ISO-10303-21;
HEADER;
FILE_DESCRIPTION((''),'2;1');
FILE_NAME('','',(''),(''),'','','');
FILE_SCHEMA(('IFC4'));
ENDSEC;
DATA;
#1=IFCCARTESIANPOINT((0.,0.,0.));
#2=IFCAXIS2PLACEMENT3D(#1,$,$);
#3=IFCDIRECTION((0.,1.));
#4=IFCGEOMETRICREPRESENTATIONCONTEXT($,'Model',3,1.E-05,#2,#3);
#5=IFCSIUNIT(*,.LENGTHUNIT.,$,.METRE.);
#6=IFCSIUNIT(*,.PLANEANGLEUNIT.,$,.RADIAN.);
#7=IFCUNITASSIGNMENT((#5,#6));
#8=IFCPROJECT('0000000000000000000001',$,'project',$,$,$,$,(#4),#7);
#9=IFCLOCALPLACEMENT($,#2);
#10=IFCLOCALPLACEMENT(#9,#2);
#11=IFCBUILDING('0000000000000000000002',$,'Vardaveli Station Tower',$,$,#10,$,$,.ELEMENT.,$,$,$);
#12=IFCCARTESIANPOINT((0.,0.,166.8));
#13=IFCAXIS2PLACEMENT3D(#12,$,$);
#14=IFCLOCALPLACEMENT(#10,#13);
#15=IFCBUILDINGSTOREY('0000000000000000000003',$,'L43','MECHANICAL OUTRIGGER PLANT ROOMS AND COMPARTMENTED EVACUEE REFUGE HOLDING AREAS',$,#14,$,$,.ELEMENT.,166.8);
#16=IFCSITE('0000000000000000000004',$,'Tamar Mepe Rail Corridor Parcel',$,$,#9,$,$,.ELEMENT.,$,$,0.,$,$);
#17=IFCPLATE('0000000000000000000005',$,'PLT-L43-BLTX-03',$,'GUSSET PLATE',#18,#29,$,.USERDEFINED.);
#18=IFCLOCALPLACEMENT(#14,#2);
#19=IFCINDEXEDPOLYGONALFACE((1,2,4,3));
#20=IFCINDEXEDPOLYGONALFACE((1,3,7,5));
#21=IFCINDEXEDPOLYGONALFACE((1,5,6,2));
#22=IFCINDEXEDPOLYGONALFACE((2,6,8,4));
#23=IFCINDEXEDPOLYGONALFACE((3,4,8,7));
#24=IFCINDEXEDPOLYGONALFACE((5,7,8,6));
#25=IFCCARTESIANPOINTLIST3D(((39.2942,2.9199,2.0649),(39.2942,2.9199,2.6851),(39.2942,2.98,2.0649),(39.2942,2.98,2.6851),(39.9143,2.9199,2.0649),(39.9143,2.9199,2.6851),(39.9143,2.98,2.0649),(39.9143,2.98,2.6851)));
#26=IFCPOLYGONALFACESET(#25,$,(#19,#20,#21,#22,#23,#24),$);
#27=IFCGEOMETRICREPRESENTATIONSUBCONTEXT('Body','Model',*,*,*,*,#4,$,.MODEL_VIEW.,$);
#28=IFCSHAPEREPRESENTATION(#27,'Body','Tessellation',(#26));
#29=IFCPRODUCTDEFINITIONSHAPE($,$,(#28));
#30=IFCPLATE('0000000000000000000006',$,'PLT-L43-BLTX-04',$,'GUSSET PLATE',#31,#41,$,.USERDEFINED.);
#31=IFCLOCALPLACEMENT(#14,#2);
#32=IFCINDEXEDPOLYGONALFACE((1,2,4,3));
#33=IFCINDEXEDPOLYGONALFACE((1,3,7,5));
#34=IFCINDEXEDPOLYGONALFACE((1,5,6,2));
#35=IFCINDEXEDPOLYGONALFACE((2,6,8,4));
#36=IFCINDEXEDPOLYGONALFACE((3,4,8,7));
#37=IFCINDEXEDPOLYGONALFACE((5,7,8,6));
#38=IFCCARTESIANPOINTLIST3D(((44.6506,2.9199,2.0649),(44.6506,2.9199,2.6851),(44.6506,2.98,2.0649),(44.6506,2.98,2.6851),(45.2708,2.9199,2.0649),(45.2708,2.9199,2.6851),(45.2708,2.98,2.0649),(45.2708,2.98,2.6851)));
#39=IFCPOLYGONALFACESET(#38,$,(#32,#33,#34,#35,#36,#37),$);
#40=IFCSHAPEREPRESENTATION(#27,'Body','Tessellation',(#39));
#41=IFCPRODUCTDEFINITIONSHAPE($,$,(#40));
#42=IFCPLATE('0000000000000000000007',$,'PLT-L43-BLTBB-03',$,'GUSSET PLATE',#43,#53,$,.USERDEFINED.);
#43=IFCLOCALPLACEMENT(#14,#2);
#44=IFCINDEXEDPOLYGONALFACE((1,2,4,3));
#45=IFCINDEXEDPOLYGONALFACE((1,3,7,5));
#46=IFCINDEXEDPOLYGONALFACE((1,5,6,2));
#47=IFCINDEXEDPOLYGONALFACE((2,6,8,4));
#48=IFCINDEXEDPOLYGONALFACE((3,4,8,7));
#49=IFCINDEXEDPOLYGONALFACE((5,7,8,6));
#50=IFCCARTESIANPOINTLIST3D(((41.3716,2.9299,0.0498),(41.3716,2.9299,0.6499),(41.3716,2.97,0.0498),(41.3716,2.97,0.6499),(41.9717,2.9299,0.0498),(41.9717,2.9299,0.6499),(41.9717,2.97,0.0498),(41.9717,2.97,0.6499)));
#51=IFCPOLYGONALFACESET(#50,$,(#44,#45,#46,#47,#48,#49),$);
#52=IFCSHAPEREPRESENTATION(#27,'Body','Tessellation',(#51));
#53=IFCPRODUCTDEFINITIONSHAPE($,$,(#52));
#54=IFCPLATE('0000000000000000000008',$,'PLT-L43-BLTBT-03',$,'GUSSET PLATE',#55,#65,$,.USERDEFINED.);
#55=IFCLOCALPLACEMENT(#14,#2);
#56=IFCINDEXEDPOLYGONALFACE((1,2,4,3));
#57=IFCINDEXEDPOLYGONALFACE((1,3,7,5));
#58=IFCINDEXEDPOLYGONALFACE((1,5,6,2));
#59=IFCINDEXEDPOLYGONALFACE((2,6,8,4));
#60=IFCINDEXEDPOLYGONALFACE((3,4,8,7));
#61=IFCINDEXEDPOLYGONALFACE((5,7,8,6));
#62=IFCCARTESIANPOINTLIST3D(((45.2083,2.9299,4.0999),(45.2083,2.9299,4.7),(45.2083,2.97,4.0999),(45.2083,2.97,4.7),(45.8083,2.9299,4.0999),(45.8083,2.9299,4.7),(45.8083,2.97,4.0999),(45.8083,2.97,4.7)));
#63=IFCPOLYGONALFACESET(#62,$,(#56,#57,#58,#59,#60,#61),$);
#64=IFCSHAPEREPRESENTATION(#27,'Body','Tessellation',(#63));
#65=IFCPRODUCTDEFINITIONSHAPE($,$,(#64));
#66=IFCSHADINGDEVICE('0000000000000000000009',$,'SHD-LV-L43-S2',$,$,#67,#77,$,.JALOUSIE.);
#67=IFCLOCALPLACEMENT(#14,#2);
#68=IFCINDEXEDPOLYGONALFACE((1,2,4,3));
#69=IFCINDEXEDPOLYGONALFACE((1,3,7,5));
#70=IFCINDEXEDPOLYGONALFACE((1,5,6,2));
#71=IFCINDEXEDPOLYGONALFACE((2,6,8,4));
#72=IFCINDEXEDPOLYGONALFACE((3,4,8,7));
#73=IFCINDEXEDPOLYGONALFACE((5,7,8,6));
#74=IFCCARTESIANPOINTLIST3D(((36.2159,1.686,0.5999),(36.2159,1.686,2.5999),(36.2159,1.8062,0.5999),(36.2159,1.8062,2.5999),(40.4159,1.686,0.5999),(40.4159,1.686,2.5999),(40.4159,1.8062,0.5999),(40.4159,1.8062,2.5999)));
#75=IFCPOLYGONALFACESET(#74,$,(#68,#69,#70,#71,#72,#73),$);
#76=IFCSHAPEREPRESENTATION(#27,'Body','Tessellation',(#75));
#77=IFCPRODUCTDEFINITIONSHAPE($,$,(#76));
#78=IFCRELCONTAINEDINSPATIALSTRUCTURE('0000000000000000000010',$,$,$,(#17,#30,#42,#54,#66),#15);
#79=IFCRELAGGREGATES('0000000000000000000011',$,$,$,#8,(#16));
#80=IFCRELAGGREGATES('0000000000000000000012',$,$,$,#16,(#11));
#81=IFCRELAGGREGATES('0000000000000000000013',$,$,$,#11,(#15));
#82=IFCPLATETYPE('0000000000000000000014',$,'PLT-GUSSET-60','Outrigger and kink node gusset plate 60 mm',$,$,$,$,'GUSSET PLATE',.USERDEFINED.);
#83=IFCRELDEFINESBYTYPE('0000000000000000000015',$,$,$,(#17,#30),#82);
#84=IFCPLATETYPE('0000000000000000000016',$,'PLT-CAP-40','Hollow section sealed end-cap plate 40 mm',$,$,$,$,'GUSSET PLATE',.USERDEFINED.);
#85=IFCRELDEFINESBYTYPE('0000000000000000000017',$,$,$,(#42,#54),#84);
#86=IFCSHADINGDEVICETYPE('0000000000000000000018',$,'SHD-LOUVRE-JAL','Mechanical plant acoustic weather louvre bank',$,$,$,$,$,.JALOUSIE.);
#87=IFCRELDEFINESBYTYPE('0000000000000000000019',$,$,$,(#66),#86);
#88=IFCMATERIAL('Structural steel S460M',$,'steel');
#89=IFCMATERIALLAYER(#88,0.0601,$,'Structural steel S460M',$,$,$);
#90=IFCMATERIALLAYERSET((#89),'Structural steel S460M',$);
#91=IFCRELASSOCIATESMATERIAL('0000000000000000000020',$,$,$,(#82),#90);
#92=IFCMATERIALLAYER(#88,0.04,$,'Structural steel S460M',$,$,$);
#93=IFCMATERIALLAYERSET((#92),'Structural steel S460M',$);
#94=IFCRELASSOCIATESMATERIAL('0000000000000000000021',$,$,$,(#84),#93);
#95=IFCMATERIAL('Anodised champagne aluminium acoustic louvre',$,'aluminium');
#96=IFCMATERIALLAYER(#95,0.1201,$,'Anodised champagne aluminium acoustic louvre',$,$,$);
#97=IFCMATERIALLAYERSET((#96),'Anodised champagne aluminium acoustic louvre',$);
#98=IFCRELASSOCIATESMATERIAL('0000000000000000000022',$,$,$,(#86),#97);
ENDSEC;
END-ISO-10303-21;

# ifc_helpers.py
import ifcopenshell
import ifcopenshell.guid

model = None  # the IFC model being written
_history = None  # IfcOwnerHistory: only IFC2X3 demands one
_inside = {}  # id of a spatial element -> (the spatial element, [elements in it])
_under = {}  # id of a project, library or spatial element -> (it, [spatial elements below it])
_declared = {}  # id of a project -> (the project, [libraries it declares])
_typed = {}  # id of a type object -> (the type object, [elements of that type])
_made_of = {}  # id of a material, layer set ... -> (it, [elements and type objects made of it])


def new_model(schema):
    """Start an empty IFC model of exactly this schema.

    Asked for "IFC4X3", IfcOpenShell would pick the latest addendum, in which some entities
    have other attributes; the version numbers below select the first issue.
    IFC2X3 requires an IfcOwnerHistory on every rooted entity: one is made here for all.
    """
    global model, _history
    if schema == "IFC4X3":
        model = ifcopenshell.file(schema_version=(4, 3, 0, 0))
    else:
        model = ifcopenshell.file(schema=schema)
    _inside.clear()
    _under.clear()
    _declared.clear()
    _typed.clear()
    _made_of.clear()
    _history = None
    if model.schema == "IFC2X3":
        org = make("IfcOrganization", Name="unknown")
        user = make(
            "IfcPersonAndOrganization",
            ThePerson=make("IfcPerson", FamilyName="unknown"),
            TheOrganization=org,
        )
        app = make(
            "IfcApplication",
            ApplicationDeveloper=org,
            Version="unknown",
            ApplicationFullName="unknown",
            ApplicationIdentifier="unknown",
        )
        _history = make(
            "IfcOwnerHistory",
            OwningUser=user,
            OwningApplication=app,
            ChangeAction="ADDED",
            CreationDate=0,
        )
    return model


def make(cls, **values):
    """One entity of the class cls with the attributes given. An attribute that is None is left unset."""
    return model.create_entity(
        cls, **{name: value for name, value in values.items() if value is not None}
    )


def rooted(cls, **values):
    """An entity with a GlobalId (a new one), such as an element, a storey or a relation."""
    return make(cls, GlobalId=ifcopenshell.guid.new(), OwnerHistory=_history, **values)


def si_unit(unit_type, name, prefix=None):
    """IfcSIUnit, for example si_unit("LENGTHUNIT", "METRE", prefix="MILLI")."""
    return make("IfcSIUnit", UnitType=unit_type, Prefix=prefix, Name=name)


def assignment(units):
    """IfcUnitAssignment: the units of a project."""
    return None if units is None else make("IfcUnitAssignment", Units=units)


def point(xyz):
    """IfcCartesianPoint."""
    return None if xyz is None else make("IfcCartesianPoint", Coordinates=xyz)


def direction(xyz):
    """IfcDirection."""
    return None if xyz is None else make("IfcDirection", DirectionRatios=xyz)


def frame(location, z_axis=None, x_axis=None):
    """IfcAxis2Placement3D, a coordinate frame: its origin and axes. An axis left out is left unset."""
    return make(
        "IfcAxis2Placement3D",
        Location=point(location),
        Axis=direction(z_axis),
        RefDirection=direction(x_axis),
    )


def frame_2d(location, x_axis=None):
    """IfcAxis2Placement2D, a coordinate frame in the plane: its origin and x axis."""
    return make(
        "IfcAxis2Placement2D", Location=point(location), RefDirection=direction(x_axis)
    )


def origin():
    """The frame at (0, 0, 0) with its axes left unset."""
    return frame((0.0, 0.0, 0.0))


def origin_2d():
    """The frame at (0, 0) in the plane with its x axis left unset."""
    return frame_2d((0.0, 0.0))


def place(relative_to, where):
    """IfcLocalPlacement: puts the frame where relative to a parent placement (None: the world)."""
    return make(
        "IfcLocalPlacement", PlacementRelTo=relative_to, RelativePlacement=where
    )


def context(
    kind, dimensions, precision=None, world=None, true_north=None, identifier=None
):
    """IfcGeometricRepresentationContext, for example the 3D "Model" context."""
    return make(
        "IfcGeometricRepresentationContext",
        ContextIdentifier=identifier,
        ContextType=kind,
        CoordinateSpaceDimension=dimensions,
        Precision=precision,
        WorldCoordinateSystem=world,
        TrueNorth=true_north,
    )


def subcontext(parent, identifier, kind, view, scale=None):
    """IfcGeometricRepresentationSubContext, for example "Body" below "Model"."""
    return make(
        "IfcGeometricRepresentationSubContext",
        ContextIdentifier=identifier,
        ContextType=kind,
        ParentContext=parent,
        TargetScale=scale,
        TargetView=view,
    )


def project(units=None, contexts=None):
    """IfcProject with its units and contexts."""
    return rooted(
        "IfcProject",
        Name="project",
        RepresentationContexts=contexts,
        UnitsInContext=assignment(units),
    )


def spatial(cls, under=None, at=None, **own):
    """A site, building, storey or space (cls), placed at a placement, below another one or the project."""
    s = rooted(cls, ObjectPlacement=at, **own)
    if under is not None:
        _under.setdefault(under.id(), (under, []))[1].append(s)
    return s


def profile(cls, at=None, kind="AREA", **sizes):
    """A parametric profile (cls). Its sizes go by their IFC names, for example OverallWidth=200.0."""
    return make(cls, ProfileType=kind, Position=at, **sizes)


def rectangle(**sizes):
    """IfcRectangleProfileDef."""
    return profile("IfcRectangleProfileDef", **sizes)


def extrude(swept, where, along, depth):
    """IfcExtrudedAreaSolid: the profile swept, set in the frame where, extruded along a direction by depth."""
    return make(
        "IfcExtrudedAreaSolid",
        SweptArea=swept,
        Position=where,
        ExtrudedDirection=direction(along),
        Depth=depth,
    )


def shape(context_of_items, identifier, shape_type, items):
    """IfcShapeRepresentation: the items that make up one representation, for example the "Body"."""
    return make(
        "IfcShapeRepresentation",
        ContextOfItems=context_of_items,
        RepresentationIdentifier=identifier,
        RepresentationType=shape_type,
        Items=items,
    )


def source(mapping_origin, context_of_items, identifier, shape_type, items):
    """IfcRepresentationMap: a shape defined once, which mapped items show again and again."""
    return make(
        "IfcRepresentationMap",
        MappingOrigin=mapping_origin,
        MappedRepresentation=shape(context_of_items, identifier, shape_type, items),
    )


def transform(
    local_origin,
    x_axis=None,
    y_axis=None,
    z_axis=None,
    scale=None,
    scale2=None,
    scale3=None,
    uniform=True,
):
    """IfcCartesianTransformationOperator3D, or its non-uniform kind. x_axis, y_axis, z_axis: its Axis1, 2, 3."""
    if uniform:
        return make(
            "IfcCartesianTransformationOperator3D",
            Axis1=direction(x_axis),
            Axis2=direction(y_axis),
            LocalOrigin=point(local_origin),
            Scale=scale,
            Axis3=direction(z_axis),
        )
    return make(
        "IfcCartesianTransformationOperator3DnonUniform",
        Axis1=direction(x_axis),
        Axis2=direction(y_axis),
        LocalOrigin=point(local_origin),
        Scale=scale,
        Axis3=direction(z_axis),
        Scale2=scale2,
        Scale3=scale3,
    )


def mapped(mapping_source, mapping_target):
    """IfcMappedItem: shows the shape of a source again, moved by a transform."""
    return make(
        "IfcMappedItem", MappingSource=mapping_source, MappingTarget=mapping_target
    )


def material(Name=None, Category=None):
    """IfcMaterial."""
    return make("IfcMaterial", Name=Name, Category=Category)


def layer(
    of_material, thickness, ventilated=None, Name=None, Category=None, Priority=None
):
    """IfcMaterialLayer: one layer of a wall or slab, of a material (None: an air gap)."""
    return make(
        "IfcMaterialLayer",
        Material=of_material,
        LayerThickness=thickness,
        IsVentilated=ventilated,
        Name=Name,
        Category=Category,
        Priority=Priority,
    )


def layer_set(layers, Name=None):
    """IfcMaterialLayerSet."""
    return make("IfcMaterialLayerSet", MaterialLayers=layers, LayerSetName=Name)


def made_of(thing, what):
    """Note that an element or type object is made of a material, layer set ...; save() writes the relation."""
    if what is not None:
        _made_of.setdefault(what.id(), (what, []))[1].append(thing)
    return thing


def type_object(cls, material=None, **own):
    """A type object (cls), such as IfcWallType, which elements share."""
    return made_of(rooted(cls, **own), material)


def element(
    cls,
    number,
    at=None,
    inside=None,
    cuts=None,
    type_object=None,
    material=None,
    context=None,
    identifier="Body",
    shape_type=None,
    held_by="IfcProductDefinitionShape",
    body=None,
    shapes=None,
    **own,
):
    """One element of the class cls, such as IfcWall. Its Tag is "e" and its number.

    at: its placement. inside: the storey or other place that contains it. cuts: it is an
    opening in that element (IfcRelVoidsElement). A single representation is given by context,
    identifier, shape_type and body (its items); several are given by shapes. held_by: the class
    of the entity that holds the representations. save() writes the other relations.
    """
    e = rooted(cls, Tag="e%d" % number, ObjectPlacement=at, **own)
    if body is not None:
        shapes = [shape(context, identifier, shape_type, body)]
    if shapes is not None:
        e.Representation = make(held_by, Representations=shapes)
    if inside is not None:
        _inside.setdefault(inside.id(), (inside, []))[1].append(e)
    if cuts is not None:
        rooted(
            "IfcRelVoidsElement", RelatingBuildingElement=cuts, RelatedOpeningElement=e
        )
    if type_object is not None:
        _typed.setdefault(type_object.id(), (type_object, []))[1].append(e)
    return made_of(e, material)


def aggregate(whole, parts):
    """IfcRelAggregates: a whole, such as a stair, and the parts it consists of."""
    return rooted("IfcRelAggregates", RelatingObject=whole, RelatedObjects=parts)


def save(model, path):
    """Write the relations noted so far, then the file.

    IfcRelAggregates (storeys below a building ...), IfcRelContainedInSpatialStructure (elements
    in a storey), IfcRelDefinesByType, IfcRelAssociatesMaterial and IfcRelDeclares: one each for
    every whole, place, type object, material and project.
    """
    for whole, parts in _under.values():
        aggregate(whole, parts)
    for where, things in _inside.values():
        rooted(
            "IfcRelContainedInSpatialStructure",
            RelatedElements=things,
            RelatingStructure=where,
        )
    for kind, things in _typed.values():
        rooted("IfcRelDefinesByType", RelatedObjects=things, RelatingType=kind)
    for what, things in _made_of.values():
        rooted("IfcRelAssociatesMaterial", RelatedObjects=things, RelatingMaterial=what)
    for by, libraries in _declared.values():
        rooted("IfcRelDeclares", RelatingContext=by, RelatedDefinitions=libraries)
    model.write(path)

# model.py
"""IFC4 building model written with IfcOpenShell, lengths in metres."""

from ifc_helpers import new_model, si_unit, direction, frame, origin, origin_2d, place, context, subcontext, project, spatial, rectangle, extrude, source, transform, mapped, material, layer, layer_set, type_object, element, save


model = new_model("IFC4")

# Units and contexts
model_context = context("Model", 3, precision=1e-05, world=origin(), true_north=direction((0.0, 1.0)))
body_context = subcontext(model_context, "Body", "Model", "MODEL_VIEW")
ifc_project = project(units=[si_unit("LENGTHUNIT", "METRE"), si_unit("PLANEANGLEUNIT", "RADIAN")], contexts=[model_context])

# Site, building, storey
site_placement = place(None, origin())
site = spatial("IfcSite", under=ifc_project, at=site_placement, Name="Tamar Mepe Rail Corridor Parcel", CompositionType="ELEMENT", RefElevation=0.0)
building_placement = place(site_placement, origin())
building = spatial("IfcBuilding", under=site, at=building_placement, Name="Vardaveli Station Tower", CompositionType="ELEMENT")
storey_placement = place(building_placement, frame((0.0, 0.0, 166.8)))
storey = spatial("IfcBuildingStorey", under=building, at=storey_placement, Name="L43", Description="MECHANICAL OUTRIGGER PLANT ROOMS AND COMPARTMENTED EVACUEE REFUGE HOLDING AREAS", CompositionType="ELEMENT", Elevation=166.8)

# Shared definitions
ifc_material_1 = material(Name="Structural steel S460M", Category="steel")

# Plates
ifc_layer_1 = layer(ifc_material_1, 0.0601, Name="Structural steel S460M")
ifc_layer_set_1 = layer_set([ifc_layer_1], Name="Structural steel S460M")
plate_type_1 = type_object("IfcPlateType", Name="PLT-GUSSET-60", Description="Outrigger and kink node gusset plate 60 mm", ElementType="GUSSET PLATE", PredefinedType="USERDEFINED", material=ifc_layer_set_1)
ifc_layer_2 = layer(ifc_material_1, 0.04, Name="Structural steel S460M")
ifc_layer_set_2 = layer_set([ifc_layer_2], Name="Structural steel S460M")
plate_type_2 = type_object("IfcPlateType", Name="PLT-CAP-40", Description="Hollow section sealed end-cap plate 40 mm", ElementType="GUSSET PLATE", PredefinedType="USERDEFINED", material=ifc_layer_set_2)
shared_shape_1 = source(origin(), body_context, "Body", "SweptSolid", [
    extrude(rectangle(XDim=0.6201, YDim=0.0601, at=origin_2d()), origin(), (0.0, 0.0, 1.0), 0.6201),
])
for number, where, z_axis, x_axis, name in (
    (1, (39.6042, 2.95, 2.0649), (0.0, 0.0, 1.0), (1.0, 0.0, 0.0), "PLT-L43-BLTX-03"),
    (2, (44.9607, 2.95, 2.0649), (0.0, 0.0, 1.0), (1.0, 0.0, 0.0), "PLT-L43-BLTX-04"),
):
    element("IfcPlate", number, at=place(storey_placement, frame(where, z_axis=z_axis, x_axis=x_axis)), inside=storey, type_object=plate_type_1, Name=name, ObjectType="GUSSET PLATE", PredefinedType="USERDEFINED", context=body_context, shape_type="MappedRepresentation", body=[
        mapped(shared_shape_1, transform((0.0, 0.0, 0.0), scale=1.0)),
    ])
shared_shape_2 = source(origin(), body_context, "Body", "SweptSolid", [
    extrude(rectangle(XDim=0.6001, YDim=0.04, at=origin_2d()), origin(), (0.0, 0.0, 1.0), 0.6001),
])
for number, where, z_axis, x_axis, name in (
    (3, (41.6716, 2.95, 0.0498), (0.0, 0.0, 1.0), (1.0, 0.0, 0.0), "PLT-L43-BLTBB-03"),
    (4, (45.5083, 2.95, 4.0999), (0.0, 0.0, 1.0), (1.0, 0.0, 0.0), "PLT-L43-BLTBT-03"),
):
    element("IfcPlate", number, at=place(storey_placement, frame(where, z_axis=z_axis, x_axis=x_axis)), inside=storey, type_object=plate_type_2, Name=name, ObjectType="GUSSET PLATE", PredefinedType="USERDEFINED", context=body_context, shape_type="MappedRepresentation", body=[
        mapped(shared_shape_2, transform((0.0, 0.0, 0.0), scale=1.0)),
    ])

# Shading device
ifc_material_2 = material(Name="Anodised champagne aluminium acoustic louvre", Category="aluminium")
ifc_layer_3 = layer(ifc_material_2, 0.1201, Name="Anodised champagne aluminium acoustic louvre")
ifc_layer_set_3 = layer_set([ifc_layer_3], Name="Anodised champagne aluminium acoustic louvre")
shading_device_type = type_object("IfcShadingDeviceType", Name="SHD-LOUVRE-JAL", Description="Mechanical plant acoustic weather louvre bank", PredefinedType="JALOUSIE", material=ifc_layer_set_3)
shared_shape_3 = source(origin(), body_context, "Body", "SweptSolid", [
    extrude(rectangle(XDim=4.2, YDim=0.1201, at=origin_2d()), origin(), (0.0, 0.0, 1.0), 2.0),
])
shading_device_placement = place(storey_placement, frame((38.3159, 1.7461, 0.5999), z_axis=(0.0, 0.0, 1.0), x_axis=(1.0, 0.0, 0.0)))
element("IfcShadingDevice", 5, at=shading_device_placement, inside=storey, type_object=shading_device_type, Name="SHD-LV-L43-S2", PredefinedType="JALOUSIE", context=body_context, shape_type="MappedRepresentation", body=[
    mapped(shared_shape_3, transform((0.0, 0.0, 0.0), scale=1.0)),
])

save(model, "model.ifc")
